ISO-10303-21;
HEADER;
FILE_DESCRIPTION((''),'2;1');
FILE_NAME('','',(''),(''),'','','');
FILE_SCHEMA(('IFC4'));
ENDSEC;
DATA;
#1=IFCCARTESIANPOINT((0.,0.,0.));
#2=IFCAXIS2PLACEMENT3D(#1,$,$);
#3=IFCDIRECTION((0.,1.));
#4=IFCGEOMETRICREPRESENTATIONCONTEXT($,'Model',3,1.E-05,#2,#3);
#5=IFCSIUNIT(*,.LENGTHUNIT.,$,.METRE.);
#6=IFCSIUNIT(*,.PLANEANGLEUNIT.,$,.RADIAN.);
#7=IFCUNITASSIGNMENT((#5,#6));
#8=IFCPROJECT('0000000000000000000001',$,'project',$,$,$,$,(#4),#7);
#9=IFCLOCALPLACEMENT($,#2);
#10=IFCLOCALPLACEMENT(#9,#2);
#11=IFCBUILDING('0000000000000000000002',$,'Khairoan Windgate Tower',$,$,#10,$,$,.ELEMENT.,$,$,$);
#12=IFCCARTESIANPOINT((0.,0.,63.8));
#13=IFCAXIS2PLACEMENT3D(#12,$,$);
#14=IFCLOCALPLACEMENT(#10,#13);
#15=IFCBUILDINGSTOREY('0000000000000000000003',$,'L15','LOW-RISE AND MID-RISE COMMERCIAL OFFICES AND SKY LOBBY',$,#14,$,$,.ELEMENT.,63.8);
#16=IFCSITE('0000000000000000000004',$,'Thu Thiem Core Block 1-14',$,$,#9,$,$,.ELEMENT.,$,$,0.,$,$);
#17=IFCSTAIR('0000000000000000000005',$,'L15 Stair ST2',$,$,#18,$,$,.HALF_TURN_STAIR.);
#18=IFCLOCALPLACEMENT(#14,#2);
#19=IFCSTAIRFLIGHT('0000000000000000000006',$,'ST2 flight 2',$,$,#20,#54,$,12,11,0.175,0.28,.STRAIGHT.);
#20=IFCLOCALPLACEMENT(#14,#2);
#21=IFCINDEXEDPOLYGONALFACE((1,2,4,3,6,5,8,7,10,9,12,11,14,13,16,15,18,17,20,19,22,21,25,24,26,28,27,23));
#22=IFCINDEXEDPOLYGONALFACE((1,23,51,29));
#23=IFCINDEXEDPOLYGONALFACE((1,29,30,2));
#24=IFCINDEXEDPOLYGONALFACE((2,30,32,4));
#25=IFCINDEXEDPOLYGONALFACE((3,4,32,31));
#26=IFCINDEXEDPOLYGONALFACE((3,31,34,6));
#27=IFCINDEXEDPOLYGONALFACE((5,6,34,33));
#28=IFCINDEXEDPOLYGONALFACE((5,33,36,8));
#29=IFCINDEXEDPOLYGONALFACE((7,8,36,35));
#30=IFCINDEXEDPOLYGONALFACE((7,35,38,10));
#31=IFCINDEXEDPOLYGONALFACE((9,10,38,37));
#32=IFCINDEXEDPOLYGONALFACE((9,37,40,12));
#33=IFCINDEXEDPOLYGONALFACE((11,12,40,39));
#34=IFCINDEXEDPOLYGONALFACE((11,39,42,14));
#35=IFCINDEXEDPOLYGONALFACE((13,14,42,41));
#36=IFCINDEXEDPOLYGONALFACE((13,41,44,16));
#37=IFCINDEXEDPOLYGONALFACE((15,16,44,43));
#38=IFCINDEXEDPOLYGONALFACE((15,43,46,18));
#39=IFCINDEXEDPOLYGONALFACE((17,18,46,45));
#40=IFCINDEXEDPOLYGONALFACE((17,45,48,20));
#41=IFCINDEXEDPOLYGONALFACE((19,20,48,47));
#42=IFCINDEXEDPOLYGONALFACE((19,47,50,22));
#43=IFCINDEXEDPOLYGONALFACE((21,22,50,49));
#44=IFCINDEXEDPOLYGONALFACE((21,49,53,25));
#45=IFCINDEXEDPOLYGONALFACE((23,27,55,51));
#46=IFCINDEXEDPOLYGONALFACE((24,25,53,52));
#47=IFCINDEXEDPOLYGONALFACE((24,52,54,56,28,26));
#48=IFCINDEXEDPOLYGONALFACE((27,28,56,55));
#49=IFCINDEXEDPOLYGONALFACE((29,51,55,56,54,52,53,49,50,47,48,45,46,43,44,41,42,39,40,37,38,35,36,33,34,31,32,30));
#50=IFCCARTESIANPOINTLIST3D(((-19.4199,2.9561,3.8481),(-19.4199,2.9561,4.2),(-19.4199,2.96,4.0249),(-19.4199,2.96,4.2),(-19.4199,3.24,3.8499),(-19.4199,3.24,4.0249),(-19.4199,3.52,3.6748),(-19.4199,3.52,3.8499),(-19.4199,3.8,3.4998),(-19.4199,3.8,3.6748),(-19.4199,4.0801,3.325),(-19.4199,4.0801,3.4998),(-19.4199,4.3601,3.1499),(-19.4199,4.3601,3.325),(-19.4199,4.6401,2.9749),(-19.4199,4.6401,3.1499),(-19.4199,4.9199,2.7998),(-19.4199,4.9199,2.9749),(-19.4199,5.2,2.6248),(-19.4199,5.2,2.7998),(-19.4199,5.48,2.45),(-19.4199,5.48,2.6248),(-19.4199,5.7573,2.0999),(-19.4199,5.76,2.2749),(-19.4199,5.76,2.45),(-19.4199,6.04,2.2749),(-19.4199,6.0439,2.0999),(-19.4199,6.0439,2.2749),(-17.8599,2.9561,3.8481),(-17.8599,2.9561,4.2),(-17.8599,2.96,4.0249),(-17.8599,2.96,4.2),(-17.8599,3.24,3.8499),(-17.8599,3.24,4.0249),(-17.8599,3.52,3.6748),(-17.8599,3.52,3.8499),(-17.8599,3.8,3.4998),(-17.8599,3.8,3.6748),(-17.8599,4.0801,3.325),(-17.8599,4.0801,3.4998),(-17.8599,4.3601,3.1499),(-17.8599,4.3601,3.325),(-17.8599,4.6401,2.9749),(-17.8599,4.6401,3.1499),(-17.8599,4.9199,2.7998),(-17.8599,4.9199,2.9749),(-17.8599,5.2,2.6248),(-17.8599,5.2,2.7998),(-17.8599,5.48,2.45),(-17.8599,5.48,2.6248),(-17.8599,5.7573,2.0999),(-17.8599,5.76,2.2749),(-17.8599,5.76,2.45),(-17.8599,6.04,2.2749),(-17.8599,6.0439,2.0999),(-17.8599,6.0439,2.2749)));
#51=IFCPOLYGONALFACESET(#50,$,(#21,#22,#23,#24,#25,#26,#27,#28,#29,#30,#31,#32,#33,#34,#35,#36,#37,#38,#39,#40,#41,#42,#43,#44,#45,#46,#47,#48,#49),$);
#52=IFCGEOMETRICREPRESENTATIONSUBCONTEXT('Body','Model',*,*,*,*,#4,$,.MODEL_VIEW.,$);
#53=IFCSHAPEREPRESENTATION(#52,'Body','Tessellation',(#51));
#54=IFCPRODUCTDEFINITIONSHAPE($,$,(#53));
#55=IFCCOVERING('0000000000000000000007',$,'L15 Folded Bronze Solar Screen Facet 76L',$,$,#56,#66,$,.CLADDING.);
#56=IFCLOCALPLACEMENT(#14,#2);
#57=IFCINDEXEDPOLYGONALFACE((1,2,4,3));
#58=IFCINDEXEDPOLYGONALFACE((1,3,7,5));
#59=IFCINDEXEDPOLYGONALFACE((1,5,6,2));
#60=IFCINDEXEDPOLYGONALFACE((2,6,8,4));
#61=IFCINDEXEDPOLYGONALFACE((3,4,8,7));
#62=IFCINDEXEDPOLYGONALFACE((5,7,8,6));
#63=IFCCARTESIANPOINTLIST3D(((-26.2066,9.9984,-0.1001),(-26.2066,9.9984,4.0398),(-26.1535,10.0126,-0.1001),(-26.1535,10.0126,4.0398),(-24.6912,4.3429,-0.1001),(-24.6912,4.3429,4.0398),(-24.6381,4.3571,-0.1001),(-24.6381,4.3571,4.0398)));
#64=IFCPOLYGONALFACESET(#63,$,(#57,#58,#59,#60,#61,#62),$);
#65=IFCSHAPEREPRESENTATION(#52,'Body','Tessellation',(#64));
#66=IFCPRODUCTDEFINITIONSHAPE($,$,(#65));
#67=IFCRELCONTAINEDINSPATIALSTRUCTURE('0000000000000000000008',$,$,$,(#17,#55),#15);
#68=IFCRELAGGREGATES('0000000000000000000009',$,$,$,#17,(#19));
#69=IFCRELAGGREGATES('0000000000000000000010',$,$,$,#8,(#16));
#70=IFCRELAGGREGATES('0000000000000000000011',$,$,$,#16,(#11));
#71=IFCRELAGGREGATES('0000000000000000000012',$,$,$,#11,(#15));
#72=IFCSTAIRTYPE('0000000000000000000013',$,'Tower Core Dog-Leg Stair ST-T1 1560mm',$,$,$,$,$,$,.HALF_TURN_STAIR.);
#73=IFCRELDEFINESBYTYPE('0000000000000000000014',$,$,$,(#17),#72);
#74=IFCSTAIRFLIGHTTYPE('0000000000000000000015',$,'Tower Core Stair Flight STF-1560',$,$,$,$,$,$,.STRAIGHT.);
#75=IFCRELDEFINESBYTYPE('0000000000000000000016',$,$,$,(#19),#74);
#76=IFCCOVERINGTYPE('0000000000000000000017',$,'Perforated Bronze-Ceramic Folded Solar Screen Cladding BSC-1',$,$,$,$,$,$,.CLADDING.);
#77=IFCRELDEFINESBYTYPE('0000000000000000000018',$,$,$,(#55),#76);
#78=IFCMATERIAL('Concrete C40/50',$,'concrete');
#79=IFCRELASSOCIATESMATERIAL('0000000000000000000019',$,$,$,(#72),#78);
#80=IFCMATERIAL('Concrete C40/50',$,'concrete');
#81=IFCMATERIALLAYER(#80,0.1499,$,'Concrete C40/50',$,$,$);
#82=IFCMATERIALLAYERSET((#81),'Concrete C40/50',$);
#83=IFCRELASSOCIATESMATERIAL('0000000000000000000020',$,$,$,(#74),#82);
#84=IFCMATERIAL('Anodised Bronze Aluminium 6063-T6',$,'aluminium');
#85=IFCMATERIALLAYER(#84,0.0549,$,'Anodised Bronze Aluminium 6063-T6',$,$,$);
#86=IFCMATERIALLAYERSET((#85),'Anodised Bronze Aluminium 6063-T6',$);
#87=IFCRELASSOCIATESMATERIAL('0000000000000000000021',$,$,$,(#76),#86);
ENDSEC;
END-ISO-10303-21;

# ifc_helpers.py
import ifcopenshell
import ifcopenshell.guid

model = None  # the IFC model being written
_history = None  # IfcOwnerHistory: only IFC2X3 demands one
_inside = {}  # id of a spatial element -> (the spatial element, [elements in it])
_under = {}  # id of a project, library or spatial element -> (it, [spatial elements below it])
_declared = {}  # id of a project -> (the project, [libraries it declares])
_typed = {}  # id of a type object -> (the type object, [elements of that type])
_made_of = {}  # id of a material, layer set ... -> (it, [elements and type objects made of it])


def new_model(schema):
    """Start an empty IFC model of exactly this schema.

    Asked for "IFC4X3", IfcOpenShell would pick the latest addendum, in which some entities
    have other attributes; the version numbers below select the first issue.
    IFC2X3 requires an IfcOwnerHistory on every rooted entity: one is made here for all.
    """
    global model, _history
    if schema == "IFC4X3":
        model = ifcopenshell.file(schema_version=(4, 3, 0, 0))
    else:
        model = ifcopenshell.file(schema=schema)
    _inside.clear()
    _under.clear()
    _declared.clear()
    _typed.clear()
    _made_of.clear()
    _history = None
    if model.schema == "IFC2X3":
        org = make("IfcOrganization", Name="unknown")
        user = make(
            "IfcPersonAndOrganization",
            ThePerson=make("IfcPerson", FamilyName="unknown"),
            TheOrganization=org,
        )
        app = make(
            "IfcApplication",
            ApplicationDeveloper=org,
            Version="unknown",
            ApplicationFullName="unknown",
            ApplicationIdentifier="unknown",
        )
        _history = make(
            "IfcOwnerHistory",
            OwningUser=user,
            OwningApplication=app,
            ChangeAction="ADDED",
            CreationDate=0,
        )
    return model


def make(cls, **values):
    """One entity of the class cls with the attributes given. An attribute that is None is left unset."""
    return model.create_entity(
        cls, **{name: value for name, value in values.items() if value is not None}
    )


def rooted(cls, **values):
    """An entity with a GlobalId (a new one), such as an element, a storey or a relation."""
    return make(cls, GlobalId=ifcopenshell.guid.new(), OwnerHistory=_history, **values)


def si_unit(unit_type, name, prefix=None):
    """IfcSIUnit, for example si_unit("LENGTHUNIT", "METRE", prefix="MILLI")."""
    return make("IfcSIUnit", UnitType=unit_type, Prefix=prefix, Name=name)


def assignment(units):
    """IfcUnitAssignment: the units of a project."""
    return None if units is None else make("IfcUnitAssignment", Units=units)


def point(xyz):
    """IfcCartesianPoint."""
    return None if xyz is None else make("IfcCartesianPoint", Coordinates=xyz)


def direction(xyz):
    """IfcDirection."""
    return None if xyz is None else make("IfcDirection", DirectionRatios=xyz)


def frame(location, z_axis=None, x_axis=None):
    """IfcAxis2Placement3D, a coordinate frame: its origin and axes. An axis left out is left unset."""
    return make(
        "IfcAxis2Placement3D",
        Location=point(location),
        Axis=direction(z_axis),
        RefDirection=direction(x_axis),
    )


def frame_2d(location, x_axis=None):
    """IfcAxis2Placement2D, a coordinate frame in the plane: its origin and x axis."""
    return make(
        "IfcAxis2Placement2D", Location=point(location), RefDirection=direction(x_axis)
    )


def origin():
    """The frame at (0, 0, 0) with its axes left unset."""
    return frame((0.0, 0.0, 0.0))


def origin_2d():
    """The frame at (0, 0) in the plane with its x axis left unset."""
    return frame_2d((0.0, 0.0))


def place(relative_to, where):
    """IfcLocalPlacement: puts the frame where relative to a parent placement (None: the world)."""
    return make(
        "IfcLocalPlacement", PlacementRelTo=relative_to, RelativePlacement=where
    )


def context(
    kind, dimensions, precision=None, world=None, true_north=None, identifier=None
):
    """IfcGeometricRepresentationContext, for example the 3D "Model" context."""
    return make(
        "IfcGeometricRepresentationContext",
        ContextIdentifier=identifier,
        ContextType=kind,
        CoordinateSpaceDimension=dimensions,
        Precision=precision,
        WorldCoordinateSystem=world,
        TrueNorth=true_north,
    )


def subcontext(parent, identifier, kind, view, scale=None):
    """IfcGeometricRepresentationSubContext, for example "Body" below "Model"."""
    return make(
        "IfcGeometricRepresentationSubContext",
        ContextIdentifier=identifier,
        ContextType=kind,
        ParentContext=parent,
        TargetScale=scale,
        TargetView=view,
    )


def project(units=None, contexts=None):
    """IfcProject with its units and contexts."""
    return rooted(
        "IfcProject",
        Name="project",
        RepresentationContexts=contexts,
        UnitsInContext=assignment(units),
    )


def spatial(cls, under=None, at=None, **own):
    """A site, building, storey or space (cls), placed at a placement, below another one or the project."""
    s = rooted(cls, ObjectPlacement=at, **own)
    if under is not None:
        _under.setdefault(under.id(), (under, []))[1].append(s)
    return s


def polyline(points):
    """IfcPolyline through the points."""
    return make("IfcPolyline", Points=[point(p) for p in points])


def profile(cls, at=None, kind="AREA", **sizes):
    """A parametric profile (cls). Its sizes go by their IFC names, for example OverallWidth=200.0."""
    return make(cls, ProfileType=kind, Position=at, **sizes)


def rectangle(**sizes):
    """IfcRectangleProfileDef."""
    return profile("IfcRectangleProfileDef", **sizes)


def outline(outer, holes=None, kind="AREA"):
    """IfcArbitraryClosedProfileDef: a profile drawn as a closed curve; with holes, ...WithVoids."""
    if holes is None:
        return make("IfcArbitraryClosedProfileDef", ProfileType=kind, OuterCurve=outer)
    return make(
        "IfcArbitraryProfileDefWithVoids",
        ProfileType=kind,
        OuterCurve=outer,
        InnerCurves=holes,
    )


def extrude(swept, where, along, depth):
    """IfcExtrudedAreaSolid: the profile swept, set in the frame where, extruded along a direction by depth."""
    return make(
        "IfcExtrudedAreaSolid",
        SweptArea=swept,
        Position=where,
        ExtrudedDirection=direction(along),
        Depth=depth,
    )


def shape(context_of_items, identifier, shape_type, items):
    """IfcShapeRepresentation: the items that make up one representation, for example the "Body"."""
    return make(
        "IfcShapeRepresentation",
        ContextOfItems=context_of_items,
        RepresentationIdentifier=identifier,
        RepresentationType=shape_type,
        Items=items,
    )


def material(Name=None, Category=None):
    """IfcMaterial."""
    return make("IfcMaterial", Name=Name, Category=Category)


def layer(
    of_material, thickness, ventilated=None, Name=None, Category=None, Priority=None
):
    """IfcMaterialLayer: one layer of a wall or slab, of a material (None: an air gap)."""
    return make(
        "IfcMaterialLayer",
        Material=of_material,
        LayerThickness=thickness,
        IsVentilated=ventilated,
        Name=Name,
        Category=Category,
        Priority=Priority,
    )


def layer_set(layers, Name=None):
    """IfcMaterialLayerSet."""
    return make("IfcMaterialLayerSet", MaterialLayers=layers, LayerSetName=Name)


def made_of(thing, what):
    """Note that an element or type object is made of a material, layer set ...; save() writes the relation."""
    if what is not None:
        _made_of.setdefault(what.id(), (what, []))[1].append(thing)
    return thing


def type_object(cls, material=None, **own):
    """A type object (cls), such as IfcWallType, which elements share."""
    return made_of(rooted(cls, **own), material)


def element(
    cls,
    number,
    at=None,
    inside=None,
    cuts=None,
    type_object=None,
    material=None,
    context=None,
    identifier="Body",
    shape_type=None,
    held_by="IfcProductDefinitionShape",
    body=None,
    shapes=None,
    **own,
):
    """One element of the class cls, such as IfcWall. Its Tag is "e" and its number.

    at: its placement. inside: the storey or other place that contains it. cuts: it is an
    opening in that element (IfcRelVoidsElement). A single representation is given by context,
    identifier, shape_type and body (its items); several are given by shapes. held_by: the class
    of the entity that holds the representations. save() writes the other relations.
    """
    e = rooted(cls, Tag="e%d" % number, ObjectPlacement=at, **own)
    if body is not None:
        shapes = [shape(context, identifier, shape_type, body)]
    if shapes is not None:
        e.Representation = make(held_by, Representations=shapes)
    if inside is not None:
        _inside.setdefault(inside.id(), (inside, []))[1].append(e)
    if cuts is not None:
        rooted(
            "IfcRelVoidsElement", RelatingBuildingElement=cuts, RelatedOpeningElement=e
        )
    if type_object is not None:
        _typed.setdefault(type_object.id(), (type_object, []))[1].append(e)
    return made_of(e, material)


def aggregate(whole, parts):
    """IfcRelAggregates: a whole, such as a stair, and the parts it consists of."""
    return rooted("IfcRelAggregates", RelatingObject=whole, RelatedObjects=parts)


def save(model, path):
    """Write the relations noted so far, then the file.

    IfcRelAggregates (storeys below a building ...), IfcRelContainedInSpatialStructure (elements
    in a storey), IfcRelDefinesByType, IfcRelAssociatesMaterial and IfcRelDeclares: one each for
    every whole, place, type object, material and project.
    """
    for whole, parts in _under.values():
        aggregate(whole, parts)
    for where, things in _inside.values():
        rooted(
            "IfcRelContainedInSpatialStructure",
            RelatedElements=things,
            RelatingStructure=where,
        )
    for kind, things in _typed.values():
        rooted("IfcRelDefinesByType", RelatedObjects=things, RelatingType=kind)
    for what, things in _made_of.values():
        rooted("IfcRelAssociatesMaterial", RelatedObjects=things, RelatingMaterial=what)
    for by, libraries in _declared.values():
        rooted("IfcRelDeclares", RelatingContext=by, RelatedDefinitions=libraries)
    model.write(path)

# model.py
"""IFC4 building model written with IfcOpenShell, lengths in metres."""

from ifc_helpers import new_model, si_unit, direction, frame, origin, origin_2d, place, context, subcontext, project, spatial, polyline, rectangle, outline, extrude, material, layer, layer_set, type_object, element, aggregate, save


model = new_model("IFC4")

# Units and contexts
model_context = context("Model", 3, precision=1e-05, world=origin(), true_north=direction((0.0, 1.0)))
body_context = subcontext(model_context, "Body", "Model", "MODEL_VIEW")
ifc_project = project(units=[si_unit("LENGTHUNIT", "METRE"), si_unit("PLANEANGLEUNIT", "RADIAN")], contexts=[model_context])

# Site, building, storey
site_placement = place(None, origin())
site = spatial("IfcSite", under=ifc_project, at=site_placement, Name="Thu Thiem Core Block 1-14", CompositionType="ELEMENT", RefElevation=0.0)
building_placement = place(site_placement, origin())
building = spatial("IfcBuilding", under=site, at=building_placement, Name="Khairoan Windgate Tower", CompositionType="ELEMENT")
storey_placement = place(building_placement, frame((0.0, 0.0, 63.8)))
storey = spatial("IfcBuildingStorey", under=building, at=storey_placement, Name="L15", Description="LOW-RISE AND MID-RISE COMMERCIAL OFFICES AND SKY LOBBY", CompositionType="ELEMENT", Elevation=63.8)

# Stair, stair flight
ifc_material_1 = material(Name="Concrete C40/50", Category="concrete")
stair_type = type_object("IfcStairType", Name="Tower Core Dog-Leg Stair ST-T1 1560mm", PredefinedType="HALF_TURN_STAIR", material=ifc_material_1)
stair_placement = place(storey_placement, origin())
stair = element("IfcStair", 1, at=stair_placement, inside=storey, type_object=stair_type, Name="L15 Stair ST2", PredefinedType="HALF_TURN_STAIR")
ifc_material_2 = material(Name="Concrete C40/50", Category="concrete")
ifc_layer_1 = layer(ifc_material_2, 0.1499, Name="Concrete C40/50")
ifc_layer_set_1 = layer_set([ifc_layer_1], Name="Concrete C40/50")
stair_flight_type = type_object("IfcStairFlightType", Name="Tower Core Stair Flight STF-1560", PredefinedType="STRAIGHT", material=ifc_layer_set_1)
stair_flight_1_placement = place(storey_placement, frame((-18.6399, 6.04, 2.0999), z_axis=(0.0, 0.0, 1.0), x_axis=(0.0, -1.0, 0.0)))
stair_flight_1 = element("IfcStairFlight", 2, at=stair_flight_1_placement, type_object=stair_flight_type, Name="ST2 flight 2", NumberOfRisers=12, NumberOfTreads=11, PredefinedType="STRAIGHT", RiserHeight=0.175, TreadLength=0.28, context=body_context, shape_type="SweptSolid", body=[
    extrude(outline(polyline([(-0.0039, 0.0), (-0.0039, 0.175), (0.0, 0.175), (0.28, 0.175), (0.28, 0.3501), (0.5601, 0.3501), (0.5601, 0.5249), (0.8401, 0.5249), (0.8401, 0.7), (1.1201, 0.7), (1.1201, 0.875), (1.3999, 0.875), (1.3999, 1.05), (1.6799, 1.05), (1.6799, 1.2251), (1.96, 1.2251), (1.96, 1.3999), (2.24, 1.3999), (2.24, 1.575), (2.52, 1.575), (2.52, 1.75), (2.8, 1.75), (2.8, 1.925), (3.0801, 1.925), (3.0801, 2.1001), (3.084, 2.1001), (3.084, 1.7483), (0.2827, 0.0), (-0.0039, 0.0)])), frame((0.0, 0.78, 0.0), z_axis=(0.0, -1.0, 0.0), x_axis=(1.0, 0.0, 0.0)), (0.0, 0.0, 1.0), 1.5601),
])
aggregate(stair, [stair_flight_1])

# Covering
ifc_material_3 = material(Name="Anodised Bronze Aluminium 6063-T6", Category="aluminium")
ifc_layer_2 = layer(ifc_material_3, 0.0549, Name="Anodised Bronze Aluminium 6063-T6")
ifc_layer_set_2 = layer_set([ifc_layer_2], Name="Anodised Bronze Aluminium 6063-T6")
covering_type = type_object("IfcCoveringType", Name="Perforated Bronze-Ceramic Folded Solar Screen Cladding BSC-1", PredefinedType="CLADDING", material=ifc_layer_set_2)
covering_placement = place(storey_placement, frame((-25.4224, 7.1777, -0.1001), z_axis=(0.0, 0.0, 1.0), x_axis=(-0.258819, 0.965926, 0.0)))
element("IfcCovering", 3, at=covering_placement, inside=storey, type_object=covering_type, Name="L15 Folded Bronze Solar Screen Facet 76L", PredefinedType="CLADDING", context=body_context, shape_type="SweptSolid", body=[
    extrude(rectangle(XDim=5.855, YDim=0.0549, at=origin_2d()), origin(), (0.0, 0.0, 1.0), 4.1399),
])

save(model, "model.ifc")
